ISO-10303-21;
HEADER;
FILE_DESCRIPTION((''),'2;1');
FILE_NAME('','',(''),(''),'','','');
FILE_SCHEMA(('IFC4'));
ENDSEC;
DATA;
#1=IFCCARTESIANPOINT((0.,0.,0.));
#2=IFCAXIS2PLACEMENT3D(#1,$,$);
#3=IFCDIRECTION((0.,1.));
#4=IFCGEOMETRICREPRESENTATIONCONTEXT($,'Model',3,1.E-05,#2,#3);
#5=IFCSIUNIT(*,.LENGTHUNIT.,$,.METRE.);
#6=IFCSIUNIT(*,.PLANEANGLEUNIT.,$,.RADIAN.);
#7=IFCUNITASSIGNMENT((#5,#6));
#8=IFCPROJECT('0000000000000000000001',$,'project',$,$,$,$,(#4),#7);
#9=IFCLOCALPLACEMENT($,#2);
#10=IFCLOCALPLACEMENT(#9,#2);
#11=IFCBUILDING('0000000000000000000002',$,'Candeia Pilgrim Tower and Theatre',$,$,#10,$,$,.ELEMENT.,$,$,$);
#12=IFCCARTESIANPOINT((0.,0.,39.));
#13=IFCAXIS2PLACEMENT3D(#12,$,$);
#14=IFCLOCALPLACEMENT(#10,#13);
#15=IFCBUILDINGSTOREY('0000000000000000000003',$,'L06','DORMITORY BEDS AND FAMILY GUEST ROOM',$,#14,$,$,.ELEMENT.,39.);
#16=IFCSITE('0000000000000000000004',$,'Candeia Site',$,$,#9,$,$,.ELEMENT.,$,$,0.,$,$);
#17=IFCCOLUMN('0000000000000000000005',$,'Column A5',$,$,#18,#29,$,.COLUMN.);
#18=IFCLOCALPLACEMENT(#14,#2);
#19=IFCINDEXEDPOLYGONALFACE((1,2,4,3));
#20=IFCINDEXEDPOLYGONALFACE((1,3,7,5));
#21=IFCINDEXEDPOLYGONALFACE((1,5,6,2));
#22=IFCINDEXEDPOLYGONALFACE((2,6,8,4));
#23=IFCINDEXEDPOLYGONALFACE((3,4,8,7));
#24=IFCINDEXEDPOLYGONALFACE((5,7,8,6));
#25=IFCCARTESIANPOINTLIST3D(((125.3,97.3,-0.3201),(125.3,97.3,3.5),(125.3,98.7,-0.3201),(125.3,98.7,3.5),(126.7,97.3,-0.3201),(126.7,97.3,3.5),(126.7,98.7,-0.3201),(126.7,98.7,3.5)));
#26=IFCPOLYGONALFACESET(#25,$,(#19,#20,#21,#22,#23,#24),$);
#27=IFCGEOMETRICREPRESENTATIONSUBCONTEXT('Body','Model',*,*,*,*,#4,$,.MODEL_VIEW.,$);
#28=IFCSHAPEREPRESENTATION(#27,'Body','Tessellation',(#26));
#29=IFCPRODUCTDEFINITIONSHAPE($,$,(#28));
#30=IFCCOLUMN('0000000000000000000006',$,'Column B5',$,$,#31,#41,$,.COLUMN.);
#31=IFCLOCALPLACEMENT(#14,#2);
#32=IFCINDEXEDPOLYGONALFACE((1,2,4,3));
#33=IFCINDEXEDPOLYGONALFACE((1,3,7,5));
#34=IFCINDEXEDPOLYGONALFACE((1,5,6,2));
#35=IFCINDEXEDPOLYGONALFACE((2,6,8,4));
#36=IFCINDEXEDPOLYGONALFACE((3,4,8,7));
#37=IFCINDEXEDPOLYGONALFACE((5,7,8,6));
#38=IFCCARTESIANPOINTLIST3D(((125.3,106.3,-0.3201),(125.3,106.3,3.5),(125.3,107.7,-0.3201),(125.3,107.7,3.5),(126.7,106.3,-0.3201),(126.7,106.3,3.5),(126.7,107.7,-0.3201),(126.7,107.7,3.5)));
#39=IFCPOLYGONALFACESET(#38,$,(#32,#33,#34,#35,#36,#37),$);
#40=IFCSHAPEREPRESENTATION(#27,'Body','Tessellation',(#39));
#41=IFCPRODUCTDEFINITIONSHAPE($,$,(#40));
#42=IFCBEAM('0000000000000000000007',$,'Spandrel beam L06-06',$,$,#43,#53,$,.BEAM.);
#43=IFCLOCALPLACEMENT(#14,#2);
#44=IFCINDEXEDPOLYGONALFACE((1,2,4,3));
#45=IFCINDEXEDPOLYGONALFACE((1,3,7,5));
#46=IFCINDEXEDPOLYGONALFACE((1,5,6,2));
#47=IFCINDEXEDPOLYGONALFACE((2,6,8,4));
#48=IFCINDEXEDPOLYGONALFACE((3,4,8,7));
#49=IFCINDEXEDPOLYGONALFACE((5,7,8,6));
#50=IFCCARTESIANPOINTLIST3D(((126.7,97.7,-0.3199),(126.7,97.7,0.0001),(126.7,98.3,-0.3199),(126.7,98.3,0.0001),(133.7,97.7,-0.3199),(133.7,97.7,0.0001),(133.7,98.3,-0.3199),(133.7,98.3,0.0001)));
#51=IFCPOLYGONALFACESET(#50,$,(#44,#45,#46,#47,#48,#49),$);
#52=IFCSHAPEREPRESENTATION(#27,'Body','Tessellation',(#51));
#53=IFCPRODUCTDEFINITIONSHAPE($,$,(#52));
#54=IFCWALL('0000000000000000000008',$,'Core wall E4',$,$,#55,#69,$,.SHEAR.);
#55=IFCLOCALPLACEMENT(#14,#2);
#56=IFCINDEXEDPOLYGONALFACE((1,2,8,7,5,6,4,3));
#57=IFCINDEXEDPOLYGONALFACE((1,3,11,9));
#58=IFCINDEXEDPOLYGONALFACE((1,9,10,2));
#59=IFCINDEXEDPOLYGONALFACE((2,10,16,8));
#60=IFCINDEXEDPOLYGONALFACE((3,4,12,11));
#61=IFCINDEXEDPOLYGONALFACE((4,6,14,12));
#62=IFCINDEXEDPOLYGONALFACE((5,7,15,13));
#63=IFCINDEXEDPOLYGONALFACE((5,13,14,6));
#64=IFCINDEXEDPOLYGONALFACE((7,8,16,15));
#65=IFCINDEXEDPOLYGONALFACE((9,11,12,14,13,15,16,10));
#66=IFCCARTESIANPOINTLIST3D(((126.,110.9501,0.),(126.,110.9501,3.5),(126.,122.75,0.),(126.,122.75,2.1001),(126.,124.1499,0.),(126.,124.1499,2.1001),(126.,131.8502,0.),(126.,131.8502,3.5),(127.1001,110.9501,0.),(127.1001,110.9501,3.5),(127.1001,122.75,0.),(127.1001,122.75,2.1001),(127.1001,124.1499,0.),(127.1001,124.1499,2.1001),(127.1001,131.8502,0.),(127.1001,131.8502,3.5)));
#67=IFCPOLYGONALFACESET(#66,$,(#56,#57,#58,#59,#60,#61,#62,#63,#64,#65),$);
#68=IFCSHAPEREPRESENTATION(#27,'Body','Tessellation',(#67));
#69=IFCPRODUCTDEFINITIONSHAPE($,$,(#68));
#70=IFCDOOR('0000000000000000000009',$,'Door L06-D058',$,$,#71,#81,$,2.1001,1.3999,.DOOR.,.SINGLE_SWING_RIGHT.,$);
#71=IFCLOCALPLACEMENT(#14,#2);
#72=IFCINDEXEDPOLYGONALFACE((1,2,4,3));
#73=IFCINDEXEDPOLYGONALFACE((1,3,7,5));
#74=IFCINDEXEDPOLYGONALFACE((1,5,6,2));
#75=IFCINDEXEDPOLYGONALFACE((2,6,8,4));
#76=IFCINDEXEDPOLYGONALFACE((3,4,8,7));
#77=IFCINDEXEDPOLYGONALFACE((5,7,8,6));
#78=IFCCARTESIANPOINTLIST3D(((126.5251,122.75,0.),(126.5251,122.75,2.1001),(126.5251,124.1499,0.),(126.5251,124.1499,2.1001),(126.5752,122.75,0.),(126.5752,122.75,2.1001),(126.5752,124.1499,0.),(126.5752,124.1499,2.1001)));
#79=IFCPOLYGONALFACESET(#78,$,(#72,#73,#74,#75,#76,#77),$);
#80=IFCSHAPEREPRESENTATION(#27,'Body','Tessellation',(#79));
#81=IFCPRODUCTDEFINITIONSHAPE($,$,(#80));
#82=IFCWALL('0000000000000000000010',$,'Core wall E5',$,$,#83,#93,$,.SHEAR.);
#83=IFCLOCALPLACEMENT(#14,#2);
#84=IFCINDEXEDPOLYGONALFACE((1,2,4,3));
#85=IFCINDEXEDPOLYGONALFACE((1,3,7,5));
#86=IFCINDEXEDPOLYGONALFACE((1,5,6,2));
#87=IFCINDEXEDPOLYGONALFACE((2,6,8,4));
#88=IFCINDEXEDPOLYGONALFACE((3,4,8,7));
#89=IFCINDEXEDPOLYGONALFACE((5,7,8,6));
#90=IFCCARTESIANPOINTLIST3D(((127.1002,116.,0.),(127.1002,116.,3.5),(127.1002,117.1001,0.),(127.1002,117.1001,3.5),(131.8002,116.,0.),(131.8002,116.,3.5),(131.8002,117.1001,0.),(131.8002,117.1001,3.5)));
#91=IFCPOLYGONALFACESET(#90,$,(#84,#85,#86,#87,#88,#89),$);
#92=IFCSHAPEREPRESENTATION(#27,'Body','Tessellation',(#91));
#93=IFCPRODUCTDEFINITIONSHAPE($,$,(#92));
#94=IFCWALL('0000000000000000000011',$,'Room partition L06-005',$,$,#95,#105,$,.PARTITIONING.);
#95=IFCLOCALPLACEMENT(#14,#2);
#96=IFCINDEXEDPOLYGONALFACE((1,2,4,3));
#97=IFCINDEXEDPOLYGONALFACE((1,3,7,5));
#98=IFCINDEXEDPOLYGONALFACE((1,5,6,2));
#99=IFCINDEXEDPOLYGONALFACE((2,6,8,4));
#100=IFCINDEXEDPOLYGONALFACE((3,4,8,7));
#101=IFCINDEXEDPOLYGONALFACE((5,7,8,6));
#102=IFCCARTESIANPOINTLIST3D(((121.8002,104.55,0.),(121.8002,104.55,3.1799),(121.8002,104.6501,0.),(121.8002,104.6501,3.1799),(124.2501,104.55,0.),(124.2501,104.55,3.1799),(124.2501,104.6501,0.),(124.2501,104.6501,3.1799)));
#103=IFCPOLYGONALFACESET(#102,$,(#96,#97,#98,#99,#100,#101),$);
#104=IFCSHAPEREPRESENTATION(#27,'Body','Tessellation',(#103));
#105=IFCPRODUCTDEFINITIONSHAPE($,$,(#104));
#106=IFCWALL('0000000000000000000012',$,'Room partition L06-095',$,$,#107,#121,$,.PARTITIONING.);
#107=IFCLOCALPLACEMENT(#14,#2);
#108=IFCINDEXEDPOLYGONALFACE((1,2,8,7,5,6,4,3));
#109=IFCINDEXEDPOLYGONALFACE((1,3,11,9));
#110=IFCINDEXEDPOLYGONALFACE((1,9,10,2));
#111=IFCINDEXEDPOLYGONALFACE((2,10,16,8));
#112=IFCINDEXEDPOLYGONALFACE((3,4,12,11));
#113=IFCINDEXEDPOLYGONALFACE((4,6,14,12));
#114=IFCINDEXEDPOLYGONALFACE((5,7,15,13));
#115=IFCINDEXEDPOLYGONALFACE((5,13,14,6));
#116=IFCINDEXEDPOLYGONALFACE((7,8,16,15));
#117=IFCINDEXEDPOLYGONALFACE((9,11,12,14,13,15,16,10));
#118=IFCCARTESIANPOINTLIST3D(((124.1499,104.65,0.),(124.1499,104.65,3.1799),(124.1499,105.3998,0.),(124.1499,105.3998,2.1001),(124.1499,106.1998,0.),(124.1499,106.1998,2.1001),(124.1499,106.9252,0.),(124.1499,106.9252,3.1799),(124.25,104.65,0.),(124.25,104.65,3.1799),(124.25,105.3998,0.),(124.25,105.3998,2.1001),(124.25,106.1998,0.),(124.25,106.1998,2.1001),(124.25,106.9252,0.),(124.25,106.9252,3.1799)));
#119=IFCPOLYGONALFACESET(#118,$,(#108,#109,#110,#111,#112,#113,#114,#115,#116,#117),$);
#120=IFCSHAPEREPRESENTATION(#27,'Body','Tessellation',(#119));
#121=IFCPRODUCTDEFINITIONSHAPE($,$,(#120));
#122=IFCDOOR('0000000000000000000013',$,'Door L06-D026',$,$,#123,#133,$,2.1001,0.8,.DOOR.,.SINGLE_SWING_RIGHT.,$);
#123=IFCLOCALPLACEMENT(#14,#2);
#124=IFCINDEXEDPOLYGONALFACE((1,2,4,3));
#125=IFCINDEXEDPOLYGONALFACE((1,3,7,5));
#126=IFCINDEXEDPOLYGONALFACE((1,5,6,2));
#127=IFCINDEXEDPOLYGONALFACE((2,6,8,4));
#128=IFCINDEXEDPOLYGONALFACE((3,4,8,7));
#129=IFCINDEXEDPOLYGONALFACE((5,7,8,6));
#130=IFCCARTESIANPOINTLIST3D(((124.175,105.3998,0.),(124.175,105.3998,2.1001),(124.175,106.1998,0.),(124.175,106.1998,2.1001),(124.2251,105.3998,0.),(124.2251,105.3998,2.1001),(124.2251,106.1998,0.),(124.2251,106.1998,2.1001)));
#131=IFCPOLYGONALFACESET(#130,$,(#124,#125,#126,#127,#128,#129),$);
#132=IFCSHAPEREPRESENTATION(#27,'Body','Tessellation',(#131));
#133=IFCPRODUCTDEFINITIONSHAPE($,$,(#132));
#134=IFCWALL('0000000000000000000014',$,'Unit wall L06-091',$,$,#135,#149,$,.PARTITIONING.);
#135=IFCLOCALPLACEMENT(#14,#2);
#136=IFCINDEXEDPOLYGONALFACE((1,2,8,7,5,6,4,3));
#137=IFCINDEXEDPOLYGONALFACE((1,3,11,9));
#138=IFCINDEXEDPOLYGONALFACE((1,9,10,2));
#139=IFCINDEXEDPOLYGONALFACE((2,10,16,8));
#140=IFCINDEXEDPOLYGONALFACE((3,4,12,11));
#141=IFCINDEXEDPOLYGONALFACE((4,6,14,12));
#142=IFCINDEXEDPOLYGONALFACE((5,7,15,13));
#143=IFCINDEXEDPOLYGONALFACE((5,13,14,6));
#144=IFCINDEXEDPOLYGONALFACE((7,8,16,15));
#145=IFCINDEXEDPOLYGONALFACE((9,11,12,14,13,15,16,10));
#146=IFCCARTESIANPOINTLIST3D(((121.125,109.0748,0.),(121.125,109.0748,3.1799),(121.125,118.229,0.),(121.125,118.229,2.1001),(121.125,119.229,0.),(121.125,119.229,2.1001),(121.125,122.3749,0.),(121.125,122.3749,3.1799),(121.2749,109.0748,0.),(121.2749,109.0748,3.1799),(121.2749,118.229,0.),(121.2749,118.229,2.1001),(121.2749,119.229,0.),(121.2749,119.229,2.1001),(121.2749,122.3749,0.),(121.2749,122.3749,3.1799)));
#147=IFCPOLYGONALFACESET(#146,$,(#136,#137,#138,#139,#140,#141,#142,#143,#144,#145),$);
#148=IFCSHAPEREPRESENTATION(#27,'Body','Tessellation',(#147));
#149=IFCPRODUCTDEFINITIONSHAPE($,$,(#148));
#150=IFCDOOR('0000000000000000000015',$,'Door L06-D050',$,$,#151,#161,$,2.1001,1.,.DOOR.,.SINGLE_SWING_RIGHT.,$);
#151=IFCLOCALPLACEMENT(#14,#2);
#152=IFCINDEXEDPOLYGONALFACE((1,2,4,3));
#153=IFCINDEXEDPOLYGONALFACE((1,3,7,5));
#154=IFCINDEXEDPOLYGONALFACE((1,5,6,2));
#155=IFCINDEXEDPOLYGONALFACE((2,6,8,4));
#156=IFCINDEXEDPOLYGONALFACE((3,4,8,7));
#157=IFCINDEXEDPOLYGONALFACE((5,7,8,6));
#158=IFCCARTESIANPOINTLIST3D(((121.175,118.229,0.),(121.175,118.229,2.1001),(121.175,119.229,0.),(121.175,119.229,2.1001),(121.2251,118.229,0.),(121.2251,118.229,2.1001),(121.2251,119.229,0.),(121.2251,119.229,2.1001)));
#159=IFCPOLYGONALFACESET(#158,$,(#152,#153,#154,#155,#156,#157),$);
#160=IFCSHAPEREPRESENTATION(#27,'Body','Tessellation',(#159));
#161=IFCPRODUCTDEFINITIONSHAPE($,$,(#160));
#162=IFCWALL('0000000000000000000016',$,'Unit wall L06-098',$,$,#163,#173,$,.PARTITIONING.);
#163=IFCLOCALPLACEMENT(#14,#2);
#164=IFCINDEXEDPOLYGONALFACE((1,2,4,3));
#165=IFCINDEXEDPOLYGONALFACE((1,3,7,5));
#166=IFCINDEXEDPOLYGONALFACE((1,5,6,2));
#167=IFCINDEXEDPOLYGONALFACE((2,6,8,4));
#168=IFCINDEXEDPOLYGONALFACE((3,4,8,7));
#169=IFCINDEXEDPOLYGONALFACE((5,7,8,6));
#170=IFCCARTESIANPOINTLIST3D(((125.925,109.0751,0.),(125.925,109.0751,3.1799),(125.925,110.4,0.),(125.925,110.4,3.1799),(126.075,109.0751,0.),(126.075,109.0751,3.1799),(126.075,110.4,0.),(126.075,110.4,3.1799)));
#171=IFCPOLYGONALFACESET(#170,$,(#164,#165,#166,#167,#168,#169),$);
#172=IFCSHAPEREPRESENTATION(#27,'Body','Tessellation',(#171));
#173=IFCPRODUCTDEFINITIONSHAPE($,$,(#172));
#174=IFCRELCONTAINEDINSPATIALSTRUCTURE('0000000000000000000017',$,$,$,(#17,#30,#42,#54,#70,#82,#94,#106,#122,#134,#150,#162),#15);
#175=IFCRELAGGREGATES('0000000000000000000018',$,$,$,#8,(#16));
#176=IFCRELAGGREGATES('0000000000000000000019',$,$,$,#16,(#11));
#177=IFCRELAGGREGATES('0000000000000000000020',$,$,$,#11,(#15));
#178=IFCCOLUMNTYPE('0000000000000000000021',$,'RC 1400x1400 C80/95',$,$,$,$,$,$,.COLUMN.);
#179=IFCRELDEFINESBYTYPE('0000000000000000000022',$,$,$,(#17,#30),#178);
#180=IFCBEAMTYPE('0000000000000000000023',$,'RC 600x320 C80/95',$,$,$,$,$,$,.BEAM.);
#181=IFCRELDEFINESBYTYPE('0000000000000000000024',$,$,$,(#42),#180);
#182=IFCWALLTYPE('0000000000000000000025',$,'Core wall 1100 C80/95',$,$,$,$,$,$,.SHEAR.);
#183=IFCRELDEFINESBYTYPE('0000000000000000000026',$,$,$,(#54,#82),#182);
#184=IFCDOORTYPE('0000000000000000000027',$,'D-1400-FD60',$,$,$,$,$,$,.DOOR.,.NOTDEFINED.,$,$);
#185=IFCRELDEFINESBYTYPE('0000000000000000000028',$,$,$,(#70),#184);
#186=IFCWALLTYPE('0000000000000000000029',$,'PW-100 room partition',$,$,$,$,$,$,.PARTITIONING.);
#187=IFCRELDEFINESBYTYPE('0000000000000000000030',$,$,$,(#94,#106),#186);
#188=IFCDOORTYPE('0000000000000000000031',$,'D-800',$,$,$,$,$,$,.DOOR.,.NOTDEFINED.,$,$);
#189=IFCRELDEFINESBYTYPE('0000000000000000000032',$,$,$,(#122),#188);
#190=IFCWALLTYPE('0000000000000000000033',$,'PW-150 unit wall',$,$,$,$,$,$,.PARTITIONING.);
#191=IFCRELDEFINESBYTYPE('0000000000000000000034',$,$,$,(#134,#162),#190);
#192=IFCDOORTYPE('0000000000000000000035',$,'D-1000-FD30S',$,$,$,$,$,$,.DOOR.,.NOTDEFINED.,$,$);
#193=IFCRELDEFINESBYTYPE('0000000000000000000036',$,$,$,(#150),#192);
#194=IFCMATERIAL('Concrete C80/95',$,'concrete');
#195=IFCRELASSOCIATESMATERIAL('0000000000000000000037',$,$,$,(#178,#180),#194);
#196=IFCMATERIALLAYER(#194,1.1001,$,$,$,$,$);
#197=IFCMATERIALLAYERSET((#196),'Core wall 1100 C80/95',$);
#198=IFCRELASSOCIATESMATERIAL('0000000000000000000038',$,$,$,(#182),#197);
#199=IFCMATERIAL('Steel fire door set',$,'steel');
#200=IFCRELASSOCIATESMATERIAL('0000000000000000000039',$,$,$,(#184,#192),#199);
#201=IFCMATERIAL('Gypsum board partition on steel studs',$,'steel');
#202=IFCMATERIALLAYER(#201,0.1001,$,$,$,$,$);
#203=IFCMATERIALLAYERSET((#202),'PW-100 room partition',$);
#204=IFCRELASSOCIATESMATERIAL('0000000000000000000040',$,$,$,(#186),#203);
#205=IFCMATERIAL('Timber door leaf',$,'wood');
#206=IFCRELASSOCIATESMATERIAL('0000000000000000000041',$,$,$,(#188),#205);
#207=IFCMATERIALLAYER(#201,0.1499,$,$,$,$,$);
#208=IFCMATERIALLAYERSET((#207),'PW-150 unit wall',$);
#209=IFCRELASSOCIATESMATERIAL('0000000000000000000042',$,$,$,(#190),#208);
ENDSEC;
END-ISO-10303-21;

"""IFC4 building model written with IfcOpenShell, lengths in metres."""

from ifc_helpers import new_model, si_unit, direction, frame, frame_2d, origin, origin_2d, place, context, subcontext, project, spatial, rectangle, extrude, material, layer, layer_set, material_profile, profile_set, type_object, element, fill, save


model = new_model("IFC4")

# Units and contexts
model_context = context("Model", 3, precision=1e-05, world=origin(), true_north=direction((0.0, 1.0)))
body_context = subcontext(model_context, "Body", "Model", "MODEL_VIEW")
ifc_project = project(units=[si_unit("LENGTHUNIT", "METRE"), si_unit("PLANEANGLEUNIT", "RADIAN")], contexts=[model_context])

# Site, building, storey
site_placement = place(None, origin())
site = spatial("IfcSite", under=ifc_project, at=site_placement, Name="Candeia Site", CompositionType="ELEMENT", RefElevation=0.0)
building_placement = place(site_placement, origin())
building = spatial("IfcBuilding", under=site, at=building_placement, Name="Candeia Pilgrim Tower and Theatre", CompositionType="ELEMENT")
storey_placement = place(building_placement, frame((0.0, 0.0, 39.0)))
storey = spatial("IfcBuildingStorey", under=building, at=storey_placement, Name="L06", Description="DORMITORY BEDS AND FAMILY GUEST ROOM", CompositionType="ELEMENT", Elevation=39.0)

# Columns
ifc_material_1 = material(Name="Concrete C80/95", Category="concrete")
ifc_material_profile_1 = material_profile(ifc_material_1, rectangle(XDim=1.3999, YDim=1.3999, at=origin_2d()))
ifc_profile_set_1 = profile_set([ifc_material_profile_1], Name="Concrete C80/95")
column_type = type_object("IfcColumnType", Name="RC 1400x1400 C80/95", PredefinedType="COLUMN", material=ifc_profile_set_1)
for number, where, z_axis, x_axis, name in (
    (1, (126.0, 98.0, -0.3201), (0.0, 0.0, 1.0), (1.0, 0.0, 0.0), "Column A5"),
    (2, (126.0, 107.0, -0.3201), (0.0, 0.0, 1.0), (1.0, 0.0, 0.0), "Column B5"),
):
    element("IfcColumn", number, at=place(storey_placement, frame(where, z_axis=z_axis, x_axis=x_axis)), inside=storey, type_object=column_type, Name=name, PredefinedType="COLUMN", context=body_context, shape_type="SweptSolid", body=[
        extrude(rectangle(XDim=1.3999, YDim=1.3999, at=origin_2d()), origin(), (0.0, 0.0, 1.0), 3.8201),
    ])

# Beam
ifc_material_profile_2 = material_profile(ifc_material_1, rectangle(XDim=0.6001, YDim=0.3201, at=origin_2d()))
ifc_profile_set_2 = profile_set([ifc_material_profile_2], Name="Concrete C80/95")
beam_type = type_object("IfcBeamType", Name="RC 600x320 C80/95", PredefinedType="BEAM", material=ifc_profile_set_2)
beam_placement = place(storey_placement, frame((126.7, 98.0, -0.1599), z_axis=(1.0, 0.0, 0.0), x_axis=(0.0, 1.0, 0.0)))
element("IfcBeam", 3, at=beam_placement, inside=storey, type_object=beam_type, Name="Spandrel beam L06-06", PredefinedType="BEAM", context=body_context, shape_type="SweptSolid", body=[
    extrude(rectangle(XDim=0.6001, YDim=0.3201, at=origin_2d()), origin(), (0.0, 0.0, 1.0), 7.0),
])

# Wall, opening, door
ifc_layer_1 = layer(ifc_material_1, 1.1001)
ifc_layer_set_1 = layer_set([ifc_layer_1], Name="Core wall 1100 C80/95")
wall_type_1 = type_object("IfcWallType", Name="Core wall 1100 C80/95", PredefinedType="SHEAR", material=ifc_layer_set_1)
wall_1_placement = place(storey_placement, frame((126.55, 110.95, 0.0), z_axis=(0.0, 0.0, 1.0), x_axis=(0.0, 1.0, 0.0)))
wall_1 = element("IfcWall", 4, at=wall_1_placement, inside=storey, type_object=wall_type_1, Name="Core wall E4", PredefinedType="SHEAR", context=body_context, shape_type="SweptSolid", body=[
    extrude(rectangle(XDim=20.9001, YDim=1.1001, at=frame_2d((10.4502, 0.0))), origin(), (0.0, 0.0, 1.0), 3.5),
])
opening_1_placement = place(wall_1_placement, frame((11.8, 0.0, 0.0)))
opening_1 = element("IfcOpeningElement", 5, at=opening_1_placement, cuts=wall_1, PredefinedType="OPENING", context=body_context, shape_type="SweptSolid", body=[
    extrude(rectangle(XDim=1.3999, YDim=2.1001, at=frame_2d((0.7, 1.05))), frame((0.0, 0.5601, 0.0), z_axis=(0.0, -1.0, 0.0), x_axis=(1.0, 0.0, 0.0)), (0.0, 0.0, 1.0), 1.1201),
])
ifc_material_2 = material(Name="Steel fire door set", Category="steel")
door_type_1 = type_object("IfcDoorType", Name="D-1400-FD60", OperationType="NOTDEFINED", PredefinedType="DOOR", material=ifc_material_2)
door_1_placement = place(opening_1_placement, origin())
door_1 = element("IfcDoor", 6, at=door_1_placement, inside=storey, type_object=door_type_1, Name="Door L06-D058", OperationType="SINGLE_SWING_RIGHT", OverallHeight=2.1001, OverallWidth=1.3999, PredefinedType="DOOR", context=body_context, shape_type="SweptSolid", body=[
    extrude(rectangle(XDim=1.3999, YDim=2.1001, at=frame_2d((0.7, 1.05))), frame((0.0, 0.0249, 0.0), z_axis=(0.0, -1.0, 0.0), x_axis=(1.0, 0.0, 0.0)), (0.0, 0.0, 1.0), 0.05),
])
fill(opening_1, door_1)

# Walls
wall_2_placement = place(storey_placement, frame((127.1001, 116.55, 0.0), z_axis=(0.0, 0.0, 1.0), x_axis=(1.0, 0.0, 0.0)))
element("IfcWall", 7, at=wall_2_placement, inside=storey, type_object=wall_type_1, Name="Core wall E5", PredefinedType="SHEAR", context=body_context, shape_type="SweptSolid", body=[
    extrude(rectangle(XDim=4.7, YDim=1.1001, at=frame_2d((2.3501, 0.0))), origin(), (0.0, 0.0, 1.0), 3.5),
])
ifc_material_3 = material(Name="Gypsum board partition on steel studs", Category="steel")
ifc_layer_2 = layer(ifc_material_3, 0.1001)
ifc_layer_set_2 = layer_set([ifc_layer_2], Name="PW-100 room partition")
wall_type_2 = type_object("IfcWallType", Name="PW-100 room partition", PredefinedType="PARTITIONING", material=ifc_layer_set_2)
wall_3_placement = place(storey_placement, frame((121.8, 104.6001, 0.0), z_axis=(0.0, 0.0, 1.0), x_axis=(1.0, 0.0, 0.0)))
element("IfcWall", 8, at=wall_3_placement, inside=storey, type_object=wall_type_2, Name="Room partition L06-005", PredefinedType="PARTITIONING", context=body_context, shape_type="SweptSolid", body=[
    extrude(rectangle(XDim=2.45, YDim=0.1001, at=frame_2d((1.2251, 0.0))), origin(), (0.0, 0.0, 1.0), 3.1799),
])

# Walls, openings, doors
wall_4_placement = place(storey_placement, frame((124.2, 104.6499, 0.0), z_axis=(0.0, 0.0, 1.0), x_axis=(0.0, 1.0, 0.0)))
wall_4 = element("IfcWall", 9, at=wall_4_placement, inside=storey, type_object=wall_type_2, Name="Room partition L06-095", PredefinedType="PARTITIONING", context=body_context, shape_type="SweptSolid", body=[
    extrude(rectangle(XDim=2.2751, YDim=0.1001, at=frame_2d((1.1377, 0.0))), origin(), (0.0, 0.0, 1.0), 3.1799),
])
opening_2_placement = place(wall_4_placement, frame((0.75, 0.0, 0.0)))
opening_2 = element("IfcOpeningElement", 10, at=opening_2_placement, cuts=wall_4, PredefinedType="OPENING", context=body_context, shape_type="SweptSolid", body=[
    extrude(rectangle(XDim=0.8, YDim=2.1001, at=frame_2d((0.3999, 1.05))), frame((0.0, 0.0601, 0.0), z_axis=(0.0, -1.0, 0.0), x_axis=(1.0, 0.0, 0.0)), (0.0, 0.0, 1.0), 0.1201),
])
ifc_material_4 = material(Name="Timber door leaf", Category="wood")
door_type_2 = type_object("IfcDoorType", Name="D-800", OperationType="NOTDEFINED", PredefinedType="DOOR", material=ifc_material_4)
door_2_placement = place(opening_2_placement, origin())
door_2 = element("IfcDoor", 11, at=door_2_placement, inside=storey, type_object=door_type_2, Name="Door L06-D026", OperationType="SINGLE_SWING_RIGHT", OverallHeight=2.1001, OverallWidth=0.8, PredefinedType="DOOR", context=body_context, shape_type="SweptSolid", body=[
    extrude(rectangle(XDim=0.8, YDim=2.1001, at=frame_2d((0.3999, 1.05))), frame((0.0, 0.0249, 0.0), z_axis=(0.0, -1.0, 0.0), x_axis=(1.0, 0.0, 0.0)), (0.0, 0.0, 1.0), 0.05),
])
fill(opening_2, door_2)
ifc_layer_3 = layer(ifc_material_3, 0.1499)
ifc_layer_set_3 = layer_set([ifc_layer_3], Name="PW-150 unit wall")
wall_type_3 = type_object("IfcWallType", Name="PW-150 unit wall", PredefinedType="PARTITIONING", material=ifc_layer_set_3)
wall_5_placement = place(storey_placement, frame((121.2, 109.075, 0.0), z_axis=(0.0, 0.0, 1.0), x_axis=(0.0, 1.0, 0.0)))
wall_5 = element("IfcWall", 12, at=wall_5_placement, inside=storey, type_object=wall_type_3, Name="Unit wall L06-091", PredefinedType="PARTITIONING", context=body_context, shape_type="SweptSolid", body=[
    extrude(rectangle(XDim=13.3, YDim=0.1499, at=frame_2d((6.6499, 0.0))), origin(), (0.0, 0.0, 1.0), 3.1799),
])
opening_3_placement = place(wall_5_placement, frame((9.1541, 0.0, 0.0)))
opening_3 = element("IfcOpeningElement", 13, at=opening_3_placement, cuts=wall_5, PredefinedType="OPENING", context=body_context, shape_type="SweptSolid", body=[
    extrude(rectangle(XDim=1.0, YDim=2.1001, at=frame_2d((0.5, 1.05))), frame((0.0, 0.085, 0.0), z_axis=(0.0, -1.0, 0.0), x_axis=(1.0, 0.0, 0.0)), (0.0, 0.0, 1.0), 0.1699),
])
door_type_3 = type_object("IfcDoorType", Name="D-1000-FD30S", OperationType="NOTDEFINED", PredefinedType="DOOR", material=ifc_material_2)
door_3_placement = place(opening_3_placement, origin())
door_3 = element("IfcDoor", 14, at=door_3_placement, inside=storey, type_object=door_type_3, Name="Door L06-D050", OperationType="SINGLE_SWING_RIGHT", OverallHeight=2.1001, OverallWidth=1.0, PredefinedType="DOOR", context=body_context, shape_type="SweptSolid", body=[
    extrude(rectangle(XDim=1.0, YDim=2.1001, at=frame_2d((0.5, 1.05))), frame((0.0, 0.0249, 0.0), z_axis=(0.0, -1.0, 0.0), x_axis=(1.0, 0.0, 0.0)), (0.0, 0.0, 1.0), 0.05),
])
fill(opening_3, door_3)

# Wall
wall_6_placement = place(storey_placement, frame((126.0, 109.075, 0.0), z_axis=(0.0, 0.0, 1.0), x_axis=(0.0, 1.0, 0.0)))
element("IfcWall", 15, at=wall_6_placement, inside=storey, type_object=wall_type_3, Name="Unit wall L06-098", PredefinedType="PARTITIONING", context=body_context, shape_type="SweptSolid", body=[
    extrude(rectangle(XDim=1.325, YDim=0.1499, at=frame_2d((0.6626, 0.0))), origin(), (0.0, 0.0, 1.0), 3.1799),
])

save(model, "model.ifc")
